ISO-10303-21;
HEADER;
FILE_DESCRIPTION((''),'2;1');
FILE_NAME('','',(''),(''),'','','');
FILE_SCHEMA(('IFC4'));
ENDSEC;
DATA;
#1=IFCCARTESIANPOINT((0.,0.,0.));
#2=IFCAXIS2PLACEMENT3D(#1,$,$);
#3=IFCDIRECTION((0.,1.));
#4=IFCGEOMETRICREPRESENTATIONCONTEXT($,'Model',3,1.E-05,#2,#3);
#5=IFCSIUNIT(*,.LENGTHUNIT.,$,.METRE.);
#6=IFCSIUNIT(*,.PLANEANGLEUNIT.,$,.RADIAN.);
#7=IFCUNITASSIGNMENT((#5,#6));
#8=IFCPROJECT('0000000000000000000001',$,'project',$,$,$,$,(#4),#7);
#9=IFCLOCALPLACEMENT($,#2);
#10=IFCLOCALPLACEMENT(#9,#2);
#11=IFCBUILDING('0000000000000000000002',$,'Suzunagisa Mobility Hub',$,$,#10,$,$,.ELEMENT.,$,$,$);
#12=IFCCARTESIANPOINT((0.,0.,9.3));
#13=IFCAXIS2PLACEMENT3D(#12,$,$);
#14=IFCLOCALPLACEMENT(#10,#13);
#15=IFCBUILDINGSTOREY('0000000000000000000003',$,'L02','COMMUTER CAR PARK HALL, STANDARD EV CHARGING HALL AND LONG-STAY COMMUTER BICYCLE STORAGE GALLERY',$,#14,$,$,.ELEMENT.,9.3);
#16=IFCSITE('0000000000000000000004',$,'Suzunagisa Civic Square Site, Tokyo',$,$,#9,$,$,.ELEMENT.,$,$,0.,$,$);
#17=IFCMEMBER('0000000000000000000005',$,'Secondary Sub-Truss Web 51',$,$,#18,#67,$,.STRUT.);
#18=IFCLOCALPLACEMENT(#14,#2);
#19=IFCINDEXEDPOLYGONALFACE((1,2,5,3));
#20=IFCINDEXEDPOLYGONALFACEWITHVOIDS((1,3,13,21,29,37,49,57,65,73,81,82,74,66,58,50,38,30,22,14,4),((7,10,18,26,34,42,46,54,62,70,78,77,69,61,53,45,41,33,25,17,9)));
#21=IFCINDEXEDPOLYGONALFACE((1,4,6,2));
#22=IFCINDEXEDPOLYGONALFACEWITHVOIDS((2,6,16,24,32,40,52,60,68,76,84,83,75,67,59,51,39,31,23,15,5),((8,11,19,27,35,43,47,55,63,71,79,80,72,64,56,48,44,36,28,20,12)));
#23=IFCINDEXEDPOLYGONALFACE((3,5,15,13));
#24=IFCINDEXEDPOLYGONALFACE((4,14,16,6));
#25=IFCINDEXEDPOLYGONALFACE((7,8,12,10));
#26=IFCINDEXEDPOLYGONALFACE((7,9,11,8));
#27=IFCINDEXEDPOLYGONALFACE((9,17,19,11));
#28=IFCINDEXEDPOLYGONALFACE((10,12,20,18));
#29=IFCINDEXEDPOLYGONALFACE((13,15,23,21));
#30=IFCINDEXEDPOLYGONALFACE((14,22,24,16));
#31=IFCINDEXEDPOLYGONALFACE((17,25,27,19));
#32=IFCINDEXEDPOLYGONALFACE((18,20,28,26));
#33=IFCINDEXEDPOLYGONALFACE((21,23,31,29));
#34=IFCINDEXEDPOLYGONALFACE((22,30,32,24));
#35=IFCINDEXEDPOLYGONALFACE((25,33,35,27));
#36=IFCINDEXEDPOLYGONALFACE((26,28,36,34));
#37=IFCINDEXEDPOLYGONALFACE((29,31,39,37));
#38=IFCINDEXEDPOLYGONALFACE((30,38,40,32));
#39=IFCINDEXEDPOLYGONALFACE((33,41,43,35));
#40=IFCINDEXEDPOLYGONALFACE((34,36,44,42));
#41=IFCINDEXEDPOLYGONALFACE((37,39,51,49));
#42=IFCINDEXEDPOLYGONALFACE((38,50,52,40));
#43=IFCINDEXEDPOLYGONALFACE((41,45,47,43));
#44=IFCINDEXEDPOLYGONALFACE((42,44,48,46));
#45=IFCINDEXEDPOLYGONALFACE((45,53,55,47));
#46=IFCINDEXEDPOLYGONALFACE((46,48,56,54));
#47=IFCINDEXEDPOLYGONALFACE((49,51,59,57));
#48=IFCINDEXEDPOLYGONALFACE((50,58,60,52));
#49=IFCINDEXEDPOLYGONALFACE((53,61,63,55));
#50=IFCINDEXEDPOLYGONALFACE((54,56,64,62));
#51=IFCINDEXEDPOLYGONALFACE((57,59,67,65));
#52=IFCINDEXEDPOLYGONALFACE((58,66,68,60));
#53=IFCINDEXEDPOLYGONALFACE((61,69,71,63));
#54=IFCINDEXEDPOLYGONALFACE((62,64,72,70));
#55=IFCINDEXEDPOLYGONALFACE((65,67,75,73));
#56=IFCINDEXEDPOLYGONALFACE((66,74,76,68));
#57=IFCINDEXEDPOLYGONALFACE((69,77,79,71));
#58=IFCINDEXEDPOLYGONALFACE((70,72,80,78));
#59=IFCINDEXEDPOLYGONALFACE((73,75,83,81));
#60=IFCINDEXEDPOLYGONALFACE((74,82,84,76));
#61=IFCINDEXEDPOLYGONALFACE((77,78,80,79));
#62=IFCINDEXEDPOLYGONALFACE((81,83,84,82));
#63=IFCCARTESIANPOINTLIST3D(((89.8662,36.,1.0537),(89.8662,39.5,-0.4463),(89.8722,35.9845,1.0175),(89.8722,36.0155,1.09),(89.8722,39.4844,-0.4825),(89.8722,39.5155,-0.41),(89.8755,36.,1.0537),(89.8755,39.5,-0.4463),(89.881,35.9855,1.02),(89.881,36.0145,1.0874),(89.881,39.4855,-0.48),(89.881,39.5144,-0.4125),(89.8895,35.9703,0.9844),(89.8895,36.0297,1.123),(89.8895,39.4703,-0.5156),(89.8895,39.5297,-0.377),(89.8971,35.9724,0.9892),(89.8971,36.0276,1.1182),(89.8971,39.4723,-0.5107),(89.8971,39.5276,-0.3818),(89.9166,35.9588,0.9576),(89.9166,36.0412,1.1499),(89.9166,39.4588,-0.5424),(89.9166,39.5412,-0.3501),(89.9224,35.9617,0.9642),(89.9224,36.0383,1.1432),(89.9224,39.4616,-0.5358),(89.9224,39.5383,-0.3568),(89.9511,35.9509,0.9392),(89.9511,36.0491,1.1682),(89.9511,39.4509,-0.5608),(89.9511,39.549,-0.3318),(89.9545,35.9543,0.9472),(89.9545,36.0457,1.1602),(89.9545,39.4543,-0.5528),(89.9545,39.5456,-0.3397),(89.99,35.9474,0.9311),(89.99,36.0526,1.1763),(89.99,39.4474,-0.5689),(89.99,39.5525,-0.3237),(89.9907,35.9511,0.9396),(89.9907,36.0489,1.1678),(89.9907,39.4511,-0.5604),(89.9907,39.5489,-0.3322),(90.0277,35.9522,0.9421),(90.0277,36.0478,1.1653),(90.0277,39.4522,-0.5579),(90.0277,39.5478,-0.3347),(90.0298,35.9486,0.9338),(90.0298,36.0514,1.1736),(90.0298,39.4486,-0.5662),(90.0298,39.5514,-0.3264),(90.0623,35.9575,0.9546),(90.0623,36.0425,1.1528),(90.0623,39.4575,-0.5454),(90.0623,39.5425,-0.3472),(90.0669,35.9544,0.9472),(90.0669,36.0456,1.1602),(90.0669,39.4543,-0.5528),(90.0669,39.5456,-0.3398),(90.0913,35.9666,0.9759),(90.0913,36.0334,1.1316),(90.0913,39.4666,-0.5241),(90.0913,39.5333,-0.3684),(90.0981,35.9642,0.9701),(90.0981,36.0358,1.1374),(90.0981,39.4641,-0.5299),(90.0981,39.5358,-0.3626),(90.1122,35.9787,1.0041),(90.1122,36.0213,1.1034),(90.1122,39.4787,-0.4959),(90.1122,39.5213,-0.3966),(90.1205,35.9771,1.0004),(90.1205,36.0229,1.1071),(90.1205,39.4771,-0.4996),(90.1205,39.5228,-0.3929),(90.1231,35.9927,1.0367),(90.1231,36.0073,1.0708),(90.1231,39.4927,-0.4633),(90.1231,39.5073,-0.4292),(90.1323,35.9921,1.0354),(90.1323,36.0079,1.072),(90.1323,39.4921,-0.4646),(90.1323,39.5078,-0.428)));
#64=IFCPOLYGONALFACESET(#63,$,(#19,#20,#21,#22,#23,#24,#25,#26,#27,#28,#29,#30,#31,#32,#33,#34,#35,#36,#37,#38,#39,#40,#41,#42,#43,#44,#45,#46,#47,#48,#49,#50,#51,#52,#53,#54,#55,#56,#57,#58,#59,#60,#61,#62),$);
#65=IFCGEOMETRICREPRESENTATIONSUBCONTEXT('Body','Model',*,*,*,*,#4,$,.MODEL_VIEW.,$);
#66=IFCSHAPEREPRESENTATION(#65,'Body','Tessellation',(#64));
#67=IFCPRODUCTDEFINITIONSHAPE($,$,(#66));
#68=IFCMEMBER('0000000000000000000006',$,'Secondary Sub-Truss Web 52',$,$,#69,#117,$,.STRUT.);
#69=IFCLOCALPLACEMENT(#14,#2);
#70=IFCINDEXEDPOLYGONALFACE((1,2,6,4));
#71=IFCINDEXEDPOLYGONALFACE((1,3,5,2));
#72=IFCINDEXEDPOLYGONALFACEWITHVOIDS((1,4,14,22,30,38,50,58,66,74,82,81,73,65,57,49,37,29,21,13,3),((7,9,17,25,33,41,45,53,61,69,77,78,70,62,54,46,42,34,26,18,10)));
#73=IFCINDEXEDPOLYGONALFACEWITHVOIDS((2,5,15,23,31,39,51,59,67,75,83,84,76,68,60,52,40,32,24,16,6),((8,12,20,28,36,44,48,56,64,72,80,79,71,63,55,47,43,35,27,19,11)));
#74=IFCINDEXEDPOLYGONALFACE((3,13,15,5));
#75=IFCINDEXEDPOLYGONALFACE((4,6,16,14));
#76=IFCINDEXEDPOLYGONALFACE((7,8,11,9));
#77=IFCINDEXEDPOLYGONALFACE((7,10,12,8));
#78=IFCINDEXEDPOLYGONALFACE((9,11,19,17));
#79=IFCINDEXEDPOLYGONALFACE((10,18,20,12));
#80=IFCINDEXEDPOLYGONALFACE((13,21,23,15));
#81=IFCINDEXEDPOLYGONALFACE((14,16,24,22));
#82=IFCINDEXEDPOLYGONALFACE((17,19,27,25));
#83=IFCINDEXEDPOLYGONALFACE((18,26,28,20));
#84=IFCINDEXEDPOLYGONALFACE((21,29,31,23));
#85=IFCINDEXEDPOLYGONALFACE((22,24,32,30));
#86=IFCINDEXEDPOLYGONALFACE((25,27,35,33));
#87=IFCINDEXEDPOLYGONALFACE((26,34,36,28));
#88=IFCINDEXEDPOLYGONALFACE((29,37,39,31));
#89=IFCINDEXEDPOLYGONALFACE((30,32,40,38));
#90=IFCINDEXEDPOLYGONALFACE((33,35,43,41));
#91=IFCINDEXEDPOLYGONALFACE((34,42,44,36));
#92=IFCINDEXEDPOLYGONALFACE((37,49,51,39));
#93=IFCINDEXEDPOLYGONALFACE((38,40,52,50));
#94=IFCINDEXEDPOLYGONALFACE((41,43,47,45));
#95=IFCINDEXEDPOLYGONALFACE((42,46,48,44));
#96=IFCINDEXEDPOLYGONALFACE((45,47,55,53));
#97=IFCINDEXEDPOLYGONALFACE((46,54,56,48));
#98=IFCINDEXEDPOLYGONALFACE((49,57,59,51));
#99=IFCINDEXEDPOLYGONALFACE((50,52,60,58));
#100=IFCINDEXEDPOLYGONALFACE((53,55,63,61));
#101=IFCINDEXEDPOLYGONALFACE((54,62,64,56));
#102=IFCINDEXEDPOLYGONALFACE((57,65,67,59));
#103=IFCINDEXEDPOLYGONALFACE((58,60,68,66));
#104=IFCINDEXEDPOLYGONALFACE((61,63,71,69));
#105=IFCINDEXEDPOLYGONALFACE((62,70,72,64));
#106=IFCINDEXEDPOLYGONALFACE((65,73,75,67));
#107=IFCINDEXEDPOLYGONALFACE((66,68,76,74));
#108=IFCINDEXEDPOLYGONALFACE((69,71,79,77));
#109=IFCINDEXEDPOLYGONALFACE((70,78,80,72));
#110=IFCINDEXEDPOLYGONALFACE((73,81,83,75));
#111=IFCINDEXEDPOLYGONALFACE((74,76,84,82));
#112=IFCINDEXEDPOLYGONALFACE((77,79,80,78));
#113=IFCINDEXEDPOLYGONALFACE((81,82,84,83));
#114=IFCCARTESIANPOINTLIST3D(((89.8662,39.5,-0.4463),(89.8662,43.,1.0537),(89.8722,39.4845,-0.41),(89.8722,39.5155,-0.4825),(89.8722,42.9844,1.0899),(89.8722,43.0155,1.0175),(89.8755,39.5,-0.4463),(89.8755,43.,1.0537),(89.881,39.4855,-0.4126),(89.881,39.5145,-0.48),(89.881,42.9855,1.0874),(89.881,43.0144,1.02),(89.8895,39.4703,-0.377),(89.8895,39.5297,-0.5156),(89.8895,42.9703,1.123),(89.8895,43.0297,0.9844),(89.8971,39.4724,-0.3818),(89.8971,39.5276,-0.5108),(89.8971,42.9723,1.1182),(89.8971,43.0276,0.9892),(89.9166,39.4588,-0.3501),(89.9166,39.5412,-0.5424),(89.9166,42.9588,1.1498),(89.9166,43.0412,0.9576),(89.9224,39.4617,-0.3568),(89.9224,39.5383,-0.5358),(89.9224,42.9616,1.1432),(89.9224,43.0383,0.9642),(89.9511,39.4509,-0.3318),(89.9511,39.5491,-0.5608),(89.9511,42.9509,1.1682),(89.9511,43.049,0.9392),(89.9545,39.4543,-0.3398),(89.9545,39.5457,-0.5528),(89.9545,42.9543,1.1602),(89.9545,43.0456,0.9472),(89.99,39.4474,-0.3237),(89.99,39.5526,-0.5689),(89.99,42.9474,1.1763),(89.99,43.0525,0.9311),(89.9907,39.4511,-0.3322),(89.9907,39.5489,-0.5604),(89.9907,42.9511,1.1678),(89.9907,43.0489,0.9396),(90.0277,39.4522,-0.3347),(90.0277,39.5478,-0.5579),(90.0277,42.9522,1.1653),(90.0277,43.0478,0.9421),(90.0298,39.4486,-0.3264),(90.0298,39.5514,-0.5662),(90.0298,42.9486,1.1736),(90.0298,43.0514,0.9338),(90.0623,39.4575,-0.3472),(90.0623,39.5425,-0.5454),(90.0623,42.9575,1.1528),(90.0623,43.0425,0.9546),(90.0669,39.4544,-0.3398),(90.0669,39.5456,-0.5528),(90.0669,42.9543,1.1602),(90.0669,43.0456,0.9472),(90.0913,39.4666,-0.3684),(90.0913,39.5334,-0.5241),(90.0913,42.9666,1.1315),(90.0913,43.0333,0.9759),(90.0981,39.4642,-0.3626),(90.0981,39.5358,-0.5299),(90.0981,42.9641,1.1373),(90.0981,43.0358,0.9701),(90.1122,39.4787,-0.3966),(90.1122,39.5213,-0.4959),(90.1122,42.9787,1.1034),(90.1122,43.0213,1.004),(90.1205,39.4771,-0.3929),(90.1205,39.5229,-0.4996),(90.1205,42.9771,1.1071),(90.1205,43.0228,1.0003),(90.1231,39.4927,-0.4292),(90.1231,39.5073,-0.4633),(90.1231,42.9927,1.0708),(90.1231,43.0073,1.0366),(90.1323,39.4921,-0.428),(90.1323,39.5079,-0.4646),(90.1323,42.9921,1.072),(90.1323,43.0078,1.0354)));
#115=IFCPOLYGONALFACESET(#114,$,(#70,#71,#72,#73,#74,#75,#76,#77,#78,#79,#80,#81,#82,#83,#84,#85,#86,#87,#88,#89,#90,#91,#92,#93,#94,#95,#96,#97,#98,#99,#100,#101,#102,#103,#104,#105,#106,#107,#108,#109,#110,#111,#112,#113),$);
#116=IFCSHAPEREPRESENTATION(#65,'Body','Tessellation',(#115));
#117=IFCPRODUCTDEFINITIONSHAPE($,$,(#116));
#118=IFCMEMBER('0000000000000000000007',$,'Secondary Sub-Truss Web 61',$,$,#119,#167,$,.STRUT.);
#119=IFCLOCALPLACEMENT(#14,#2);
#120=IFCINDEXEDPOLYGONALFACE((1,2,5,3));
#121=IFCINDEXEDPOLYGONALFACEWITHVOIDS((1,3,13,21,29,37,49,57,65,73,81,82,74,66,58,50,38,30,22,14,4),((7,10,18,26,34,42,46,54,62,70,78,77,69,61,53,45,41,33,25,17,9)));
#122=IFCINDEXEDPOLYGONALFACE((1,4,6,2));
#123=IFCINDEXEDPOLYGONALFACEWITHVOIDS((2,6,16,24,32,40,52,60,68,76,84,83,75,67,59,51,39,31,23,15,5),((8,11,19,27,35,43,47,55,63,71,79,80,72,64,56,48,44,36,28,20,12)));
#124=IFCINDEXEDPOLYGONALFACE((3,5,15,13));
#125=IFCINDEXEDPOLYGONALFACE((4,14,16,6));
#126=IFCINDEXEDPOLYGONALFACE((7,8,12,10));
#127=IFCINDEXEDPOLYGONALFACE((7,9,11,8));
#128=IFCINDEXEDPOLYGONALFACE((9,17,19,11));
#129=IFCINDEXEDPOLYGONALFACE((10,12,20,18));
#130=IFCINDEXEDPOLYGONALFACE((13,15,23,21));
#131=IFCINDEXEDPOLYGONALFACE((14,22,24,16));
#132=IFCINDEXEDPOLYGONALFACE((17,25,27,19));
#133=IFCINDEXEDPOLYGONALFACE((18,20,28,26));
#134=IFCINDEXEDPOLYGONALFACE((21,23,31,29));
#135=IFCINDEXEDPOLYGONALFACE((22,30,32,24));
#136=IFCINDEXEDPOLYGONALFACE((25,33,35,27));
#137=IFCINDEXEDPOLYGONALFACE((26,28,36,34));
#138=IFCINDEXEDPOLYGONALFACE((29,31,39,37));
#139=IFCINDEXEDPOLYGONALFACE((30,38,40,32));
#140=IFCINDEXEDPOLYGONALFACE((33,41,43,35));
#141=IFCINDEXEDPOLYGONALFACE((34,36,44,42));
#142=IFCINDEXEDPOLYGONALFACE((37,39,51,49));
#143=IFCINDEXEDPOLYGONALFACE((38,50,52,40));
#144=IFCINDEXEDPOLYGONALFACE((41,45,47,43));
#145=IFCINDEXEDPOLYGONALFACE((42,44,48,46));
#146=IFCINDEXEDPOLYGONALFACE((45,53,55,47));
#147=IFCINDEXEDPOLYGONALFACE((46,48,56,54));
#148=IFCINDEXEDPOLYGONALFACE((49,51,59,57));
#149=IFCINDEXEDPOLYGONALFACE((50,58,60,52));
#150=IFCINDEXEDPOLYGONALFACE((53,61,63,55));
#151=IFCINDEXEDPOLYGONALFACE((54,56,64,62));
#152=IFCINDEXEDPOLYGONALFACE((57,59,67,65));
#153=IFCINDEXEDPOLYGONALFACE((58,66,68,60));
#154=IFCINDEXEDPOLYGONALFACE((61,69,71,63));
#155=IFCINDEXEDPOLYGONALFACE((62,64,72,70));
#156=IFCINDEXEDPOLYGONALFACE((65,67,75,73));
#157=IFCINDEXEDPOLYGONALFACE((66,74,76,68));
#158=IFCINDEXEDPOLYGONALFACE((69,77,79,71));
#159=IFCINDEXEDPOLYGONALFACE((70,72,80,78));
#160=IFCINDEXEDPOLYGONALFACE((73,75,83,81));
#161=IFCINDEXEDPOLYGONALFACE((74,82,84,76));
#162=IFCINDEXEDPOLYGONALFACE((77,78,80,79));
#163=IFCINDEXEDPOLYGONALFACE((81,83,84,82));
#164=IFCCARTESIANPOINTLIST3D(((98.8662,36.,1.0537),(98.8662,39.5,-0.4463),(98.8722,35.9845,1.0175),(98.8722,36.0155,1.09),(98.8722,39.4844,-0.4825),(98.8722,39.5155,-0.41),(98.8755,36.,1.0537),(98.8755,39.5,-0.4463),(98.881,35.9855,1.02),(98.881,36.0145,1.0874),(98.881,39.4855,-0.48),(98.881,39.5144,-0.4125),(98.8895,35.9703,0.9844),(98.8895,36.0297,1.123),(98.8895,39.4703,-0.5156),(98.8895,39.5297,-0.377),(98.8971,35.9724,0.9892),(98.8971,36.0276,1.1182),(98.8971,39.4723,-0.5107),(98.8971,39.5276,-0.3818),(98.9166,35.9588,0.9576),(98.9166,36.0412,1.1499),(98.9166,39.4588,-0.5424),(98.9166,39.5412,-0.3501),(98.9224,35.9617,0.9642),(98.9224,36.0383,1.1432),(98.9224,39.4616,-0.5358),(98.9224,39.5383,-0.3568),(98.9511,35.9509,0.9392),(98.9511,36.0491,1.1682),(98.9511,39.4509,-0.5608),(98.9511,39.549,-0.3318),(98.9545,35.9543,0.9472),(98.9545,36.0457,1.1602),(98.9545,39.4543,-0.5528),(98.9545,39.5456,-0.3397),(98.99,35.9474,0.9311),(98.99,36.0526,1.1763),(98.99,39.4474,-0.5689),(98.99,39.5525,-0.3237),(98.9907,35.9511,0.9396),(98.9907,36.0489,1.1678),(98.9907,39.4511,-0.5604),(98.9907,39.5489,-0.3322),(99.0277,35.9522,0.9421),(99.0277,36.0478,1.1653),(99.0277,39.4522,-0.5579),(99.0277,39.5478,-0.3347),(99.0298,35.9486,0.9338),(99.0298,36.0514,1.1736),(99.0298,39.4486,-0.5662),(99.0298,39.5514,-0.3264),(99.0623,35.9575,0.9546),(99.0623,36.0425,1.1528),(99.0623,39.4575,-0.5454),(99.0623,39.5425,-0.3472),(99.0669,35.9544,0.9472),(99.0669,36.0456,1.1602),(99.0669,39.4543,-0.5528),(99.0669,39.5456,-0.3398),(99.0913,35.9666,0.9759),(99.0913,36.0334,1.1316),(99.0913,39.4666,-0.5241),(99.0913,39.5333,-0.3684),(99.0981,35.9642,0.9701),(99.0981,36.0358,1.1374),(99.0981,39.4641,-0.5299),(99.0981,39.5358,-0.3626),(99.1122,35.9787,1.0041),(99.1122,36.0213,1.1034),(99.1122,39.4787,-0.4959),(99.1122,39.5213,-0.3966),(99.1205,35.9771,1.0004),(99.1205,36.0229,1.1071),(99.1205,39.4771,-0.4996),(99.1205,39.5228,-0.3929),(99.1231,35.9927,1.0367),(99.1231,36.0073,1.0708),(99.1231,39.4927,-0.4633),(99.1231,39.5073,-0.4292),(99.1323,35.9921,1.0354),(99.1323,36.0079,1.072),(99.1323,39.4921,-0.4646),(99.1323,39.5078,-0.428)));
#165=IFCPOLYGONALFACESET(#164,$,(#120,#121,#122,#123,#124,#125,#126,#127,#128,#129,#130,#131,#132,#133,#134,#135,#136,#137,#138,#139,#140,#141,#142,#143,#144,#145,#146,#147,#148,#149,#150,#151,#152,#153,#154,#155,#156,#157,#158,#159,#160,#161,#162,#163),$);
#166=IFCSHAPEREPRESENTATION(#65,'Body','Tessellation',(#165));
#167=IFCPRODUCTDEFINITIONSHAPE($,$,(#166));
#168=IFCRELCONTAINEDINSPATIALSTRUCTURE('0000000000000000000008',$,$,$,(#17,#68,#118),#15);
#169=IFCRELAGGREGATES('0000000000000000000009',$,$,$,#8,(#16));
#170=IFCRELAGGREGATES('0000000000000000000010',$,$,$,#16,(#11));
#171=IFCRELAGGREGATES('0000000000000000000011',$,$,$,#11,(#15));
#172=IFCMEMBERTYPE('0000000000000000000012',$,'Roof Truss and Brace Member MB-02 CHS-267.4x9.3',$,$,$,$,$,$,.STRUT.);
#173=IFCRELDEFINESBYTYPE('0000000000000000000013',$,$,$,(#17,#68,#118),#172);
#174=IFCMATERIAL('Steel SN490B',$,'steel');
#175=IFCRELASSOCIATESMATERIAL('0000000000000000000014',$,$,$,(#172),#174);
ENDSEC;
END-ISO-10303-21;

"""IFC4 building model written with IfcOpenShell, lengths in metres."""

from ifc_helpers import new_model, si_unit, direction, frame, origin, origin_2d, place, context, subcontext, project, spatial, hollow_circle, extrude, material, material_profile, profile_set, type_object, element, save


model = new_model("IFC4")

# Units and contexts
model_context = context("Model", 3, precision=1e-05, world=origin(), true_north=direction((0.0, 1.0)))
body_context = subcontext(model_context, "Body", "Model", "MODEL_VIEW")
ifc_project = project(units=[si_unit("LENGTHUNIT", "METRE"), si_unit("PLANEANGLEUNIT", "RADIAN")], contexts=[model_context])

# Site, building, storey
site_placement = place(None, origin())
site = spatial("IfcSite", under=ifc_project, at=site_placement, Name="Suzunagisa Civic Square Site, Tokyo", CompositionType="ELEMENT", RefElevation=0.0)
building_placement = place(site_placement, origin())
building = spatial("IfcBuilding", under=site, at=building_placement, Name="Suzunagisa Mobility Hub", CompositionType="ELEMENT")
storey_placement = place(building_placement, frame((0.0, 0.0, 9.3)))
storey = spatial("IfcBuildingStorey", under=building, at=storey_placement, Name="L02", Description="COMMUTER CAR PARK HALL, STANDARD EV CHARGING HALL AND LONG-STAY COMMUTER BICYCLE STORAGE GALLERY", CompositionType="ELEMENT", Elevation=9.3)

# Shared definitions
ifc_material_1 = material(Name="Steel SN490B", Category="steel")

# Members
ifc_material_profile_1 = material_profile(ifc_material_1, hollow_circle(Radius=0.1338, WallThickness=0.0093, at=origin_2d()), Name="CHS-267.4x9.3")
ifc_profile_set_1 = profile_set([ifc_material_profile_1], Name="Steel SN490B")
member_type_1 = type_object("IfcMemberType", Name="Roof Truss and Brace Member MB-02 CHS-267.4x9.3", PredefinedType="STRUT", material=ifc_profile_set_1)
for number, where, z_axis, x_axis, name in (
    (1, (90.0, 36.0, 1.0537), (0.0, 0.919145, -0.393919), (-1.0, 0.0, 0.0), "Secondary Sub-Truss Web 51"),
    (2, (90.0, 39.5, -0.4463), (0.0, 0.919145, 0.393919), (-1.0, 0.0, 0.0), "Secondary Sub-Truss Web 52"),
    (3, (99.0, 36.0, 1.0537), (0.0, 0.919145, -0.393919), (-1.0, 0.0, 0.0), "Secondary Sub-Truss Web 61"),
):
    element("IfcMember", number, at=place(storey_placement, frame(where, z_axis=z_axis, x_axis=x_axis)), inside=storey, type_object=member_type_1, Name=name, PredefinedType="STRUT", context=body_context, shape_type="SweptSolid", body=[
        extrude(hollow_circle(Radius=0.1338, WallThickness=0.0093, at=origin_2d()), origin(), (0.0, 0.0, 1.0), 3.8079),
    ])

save(model, "model.ifc")
